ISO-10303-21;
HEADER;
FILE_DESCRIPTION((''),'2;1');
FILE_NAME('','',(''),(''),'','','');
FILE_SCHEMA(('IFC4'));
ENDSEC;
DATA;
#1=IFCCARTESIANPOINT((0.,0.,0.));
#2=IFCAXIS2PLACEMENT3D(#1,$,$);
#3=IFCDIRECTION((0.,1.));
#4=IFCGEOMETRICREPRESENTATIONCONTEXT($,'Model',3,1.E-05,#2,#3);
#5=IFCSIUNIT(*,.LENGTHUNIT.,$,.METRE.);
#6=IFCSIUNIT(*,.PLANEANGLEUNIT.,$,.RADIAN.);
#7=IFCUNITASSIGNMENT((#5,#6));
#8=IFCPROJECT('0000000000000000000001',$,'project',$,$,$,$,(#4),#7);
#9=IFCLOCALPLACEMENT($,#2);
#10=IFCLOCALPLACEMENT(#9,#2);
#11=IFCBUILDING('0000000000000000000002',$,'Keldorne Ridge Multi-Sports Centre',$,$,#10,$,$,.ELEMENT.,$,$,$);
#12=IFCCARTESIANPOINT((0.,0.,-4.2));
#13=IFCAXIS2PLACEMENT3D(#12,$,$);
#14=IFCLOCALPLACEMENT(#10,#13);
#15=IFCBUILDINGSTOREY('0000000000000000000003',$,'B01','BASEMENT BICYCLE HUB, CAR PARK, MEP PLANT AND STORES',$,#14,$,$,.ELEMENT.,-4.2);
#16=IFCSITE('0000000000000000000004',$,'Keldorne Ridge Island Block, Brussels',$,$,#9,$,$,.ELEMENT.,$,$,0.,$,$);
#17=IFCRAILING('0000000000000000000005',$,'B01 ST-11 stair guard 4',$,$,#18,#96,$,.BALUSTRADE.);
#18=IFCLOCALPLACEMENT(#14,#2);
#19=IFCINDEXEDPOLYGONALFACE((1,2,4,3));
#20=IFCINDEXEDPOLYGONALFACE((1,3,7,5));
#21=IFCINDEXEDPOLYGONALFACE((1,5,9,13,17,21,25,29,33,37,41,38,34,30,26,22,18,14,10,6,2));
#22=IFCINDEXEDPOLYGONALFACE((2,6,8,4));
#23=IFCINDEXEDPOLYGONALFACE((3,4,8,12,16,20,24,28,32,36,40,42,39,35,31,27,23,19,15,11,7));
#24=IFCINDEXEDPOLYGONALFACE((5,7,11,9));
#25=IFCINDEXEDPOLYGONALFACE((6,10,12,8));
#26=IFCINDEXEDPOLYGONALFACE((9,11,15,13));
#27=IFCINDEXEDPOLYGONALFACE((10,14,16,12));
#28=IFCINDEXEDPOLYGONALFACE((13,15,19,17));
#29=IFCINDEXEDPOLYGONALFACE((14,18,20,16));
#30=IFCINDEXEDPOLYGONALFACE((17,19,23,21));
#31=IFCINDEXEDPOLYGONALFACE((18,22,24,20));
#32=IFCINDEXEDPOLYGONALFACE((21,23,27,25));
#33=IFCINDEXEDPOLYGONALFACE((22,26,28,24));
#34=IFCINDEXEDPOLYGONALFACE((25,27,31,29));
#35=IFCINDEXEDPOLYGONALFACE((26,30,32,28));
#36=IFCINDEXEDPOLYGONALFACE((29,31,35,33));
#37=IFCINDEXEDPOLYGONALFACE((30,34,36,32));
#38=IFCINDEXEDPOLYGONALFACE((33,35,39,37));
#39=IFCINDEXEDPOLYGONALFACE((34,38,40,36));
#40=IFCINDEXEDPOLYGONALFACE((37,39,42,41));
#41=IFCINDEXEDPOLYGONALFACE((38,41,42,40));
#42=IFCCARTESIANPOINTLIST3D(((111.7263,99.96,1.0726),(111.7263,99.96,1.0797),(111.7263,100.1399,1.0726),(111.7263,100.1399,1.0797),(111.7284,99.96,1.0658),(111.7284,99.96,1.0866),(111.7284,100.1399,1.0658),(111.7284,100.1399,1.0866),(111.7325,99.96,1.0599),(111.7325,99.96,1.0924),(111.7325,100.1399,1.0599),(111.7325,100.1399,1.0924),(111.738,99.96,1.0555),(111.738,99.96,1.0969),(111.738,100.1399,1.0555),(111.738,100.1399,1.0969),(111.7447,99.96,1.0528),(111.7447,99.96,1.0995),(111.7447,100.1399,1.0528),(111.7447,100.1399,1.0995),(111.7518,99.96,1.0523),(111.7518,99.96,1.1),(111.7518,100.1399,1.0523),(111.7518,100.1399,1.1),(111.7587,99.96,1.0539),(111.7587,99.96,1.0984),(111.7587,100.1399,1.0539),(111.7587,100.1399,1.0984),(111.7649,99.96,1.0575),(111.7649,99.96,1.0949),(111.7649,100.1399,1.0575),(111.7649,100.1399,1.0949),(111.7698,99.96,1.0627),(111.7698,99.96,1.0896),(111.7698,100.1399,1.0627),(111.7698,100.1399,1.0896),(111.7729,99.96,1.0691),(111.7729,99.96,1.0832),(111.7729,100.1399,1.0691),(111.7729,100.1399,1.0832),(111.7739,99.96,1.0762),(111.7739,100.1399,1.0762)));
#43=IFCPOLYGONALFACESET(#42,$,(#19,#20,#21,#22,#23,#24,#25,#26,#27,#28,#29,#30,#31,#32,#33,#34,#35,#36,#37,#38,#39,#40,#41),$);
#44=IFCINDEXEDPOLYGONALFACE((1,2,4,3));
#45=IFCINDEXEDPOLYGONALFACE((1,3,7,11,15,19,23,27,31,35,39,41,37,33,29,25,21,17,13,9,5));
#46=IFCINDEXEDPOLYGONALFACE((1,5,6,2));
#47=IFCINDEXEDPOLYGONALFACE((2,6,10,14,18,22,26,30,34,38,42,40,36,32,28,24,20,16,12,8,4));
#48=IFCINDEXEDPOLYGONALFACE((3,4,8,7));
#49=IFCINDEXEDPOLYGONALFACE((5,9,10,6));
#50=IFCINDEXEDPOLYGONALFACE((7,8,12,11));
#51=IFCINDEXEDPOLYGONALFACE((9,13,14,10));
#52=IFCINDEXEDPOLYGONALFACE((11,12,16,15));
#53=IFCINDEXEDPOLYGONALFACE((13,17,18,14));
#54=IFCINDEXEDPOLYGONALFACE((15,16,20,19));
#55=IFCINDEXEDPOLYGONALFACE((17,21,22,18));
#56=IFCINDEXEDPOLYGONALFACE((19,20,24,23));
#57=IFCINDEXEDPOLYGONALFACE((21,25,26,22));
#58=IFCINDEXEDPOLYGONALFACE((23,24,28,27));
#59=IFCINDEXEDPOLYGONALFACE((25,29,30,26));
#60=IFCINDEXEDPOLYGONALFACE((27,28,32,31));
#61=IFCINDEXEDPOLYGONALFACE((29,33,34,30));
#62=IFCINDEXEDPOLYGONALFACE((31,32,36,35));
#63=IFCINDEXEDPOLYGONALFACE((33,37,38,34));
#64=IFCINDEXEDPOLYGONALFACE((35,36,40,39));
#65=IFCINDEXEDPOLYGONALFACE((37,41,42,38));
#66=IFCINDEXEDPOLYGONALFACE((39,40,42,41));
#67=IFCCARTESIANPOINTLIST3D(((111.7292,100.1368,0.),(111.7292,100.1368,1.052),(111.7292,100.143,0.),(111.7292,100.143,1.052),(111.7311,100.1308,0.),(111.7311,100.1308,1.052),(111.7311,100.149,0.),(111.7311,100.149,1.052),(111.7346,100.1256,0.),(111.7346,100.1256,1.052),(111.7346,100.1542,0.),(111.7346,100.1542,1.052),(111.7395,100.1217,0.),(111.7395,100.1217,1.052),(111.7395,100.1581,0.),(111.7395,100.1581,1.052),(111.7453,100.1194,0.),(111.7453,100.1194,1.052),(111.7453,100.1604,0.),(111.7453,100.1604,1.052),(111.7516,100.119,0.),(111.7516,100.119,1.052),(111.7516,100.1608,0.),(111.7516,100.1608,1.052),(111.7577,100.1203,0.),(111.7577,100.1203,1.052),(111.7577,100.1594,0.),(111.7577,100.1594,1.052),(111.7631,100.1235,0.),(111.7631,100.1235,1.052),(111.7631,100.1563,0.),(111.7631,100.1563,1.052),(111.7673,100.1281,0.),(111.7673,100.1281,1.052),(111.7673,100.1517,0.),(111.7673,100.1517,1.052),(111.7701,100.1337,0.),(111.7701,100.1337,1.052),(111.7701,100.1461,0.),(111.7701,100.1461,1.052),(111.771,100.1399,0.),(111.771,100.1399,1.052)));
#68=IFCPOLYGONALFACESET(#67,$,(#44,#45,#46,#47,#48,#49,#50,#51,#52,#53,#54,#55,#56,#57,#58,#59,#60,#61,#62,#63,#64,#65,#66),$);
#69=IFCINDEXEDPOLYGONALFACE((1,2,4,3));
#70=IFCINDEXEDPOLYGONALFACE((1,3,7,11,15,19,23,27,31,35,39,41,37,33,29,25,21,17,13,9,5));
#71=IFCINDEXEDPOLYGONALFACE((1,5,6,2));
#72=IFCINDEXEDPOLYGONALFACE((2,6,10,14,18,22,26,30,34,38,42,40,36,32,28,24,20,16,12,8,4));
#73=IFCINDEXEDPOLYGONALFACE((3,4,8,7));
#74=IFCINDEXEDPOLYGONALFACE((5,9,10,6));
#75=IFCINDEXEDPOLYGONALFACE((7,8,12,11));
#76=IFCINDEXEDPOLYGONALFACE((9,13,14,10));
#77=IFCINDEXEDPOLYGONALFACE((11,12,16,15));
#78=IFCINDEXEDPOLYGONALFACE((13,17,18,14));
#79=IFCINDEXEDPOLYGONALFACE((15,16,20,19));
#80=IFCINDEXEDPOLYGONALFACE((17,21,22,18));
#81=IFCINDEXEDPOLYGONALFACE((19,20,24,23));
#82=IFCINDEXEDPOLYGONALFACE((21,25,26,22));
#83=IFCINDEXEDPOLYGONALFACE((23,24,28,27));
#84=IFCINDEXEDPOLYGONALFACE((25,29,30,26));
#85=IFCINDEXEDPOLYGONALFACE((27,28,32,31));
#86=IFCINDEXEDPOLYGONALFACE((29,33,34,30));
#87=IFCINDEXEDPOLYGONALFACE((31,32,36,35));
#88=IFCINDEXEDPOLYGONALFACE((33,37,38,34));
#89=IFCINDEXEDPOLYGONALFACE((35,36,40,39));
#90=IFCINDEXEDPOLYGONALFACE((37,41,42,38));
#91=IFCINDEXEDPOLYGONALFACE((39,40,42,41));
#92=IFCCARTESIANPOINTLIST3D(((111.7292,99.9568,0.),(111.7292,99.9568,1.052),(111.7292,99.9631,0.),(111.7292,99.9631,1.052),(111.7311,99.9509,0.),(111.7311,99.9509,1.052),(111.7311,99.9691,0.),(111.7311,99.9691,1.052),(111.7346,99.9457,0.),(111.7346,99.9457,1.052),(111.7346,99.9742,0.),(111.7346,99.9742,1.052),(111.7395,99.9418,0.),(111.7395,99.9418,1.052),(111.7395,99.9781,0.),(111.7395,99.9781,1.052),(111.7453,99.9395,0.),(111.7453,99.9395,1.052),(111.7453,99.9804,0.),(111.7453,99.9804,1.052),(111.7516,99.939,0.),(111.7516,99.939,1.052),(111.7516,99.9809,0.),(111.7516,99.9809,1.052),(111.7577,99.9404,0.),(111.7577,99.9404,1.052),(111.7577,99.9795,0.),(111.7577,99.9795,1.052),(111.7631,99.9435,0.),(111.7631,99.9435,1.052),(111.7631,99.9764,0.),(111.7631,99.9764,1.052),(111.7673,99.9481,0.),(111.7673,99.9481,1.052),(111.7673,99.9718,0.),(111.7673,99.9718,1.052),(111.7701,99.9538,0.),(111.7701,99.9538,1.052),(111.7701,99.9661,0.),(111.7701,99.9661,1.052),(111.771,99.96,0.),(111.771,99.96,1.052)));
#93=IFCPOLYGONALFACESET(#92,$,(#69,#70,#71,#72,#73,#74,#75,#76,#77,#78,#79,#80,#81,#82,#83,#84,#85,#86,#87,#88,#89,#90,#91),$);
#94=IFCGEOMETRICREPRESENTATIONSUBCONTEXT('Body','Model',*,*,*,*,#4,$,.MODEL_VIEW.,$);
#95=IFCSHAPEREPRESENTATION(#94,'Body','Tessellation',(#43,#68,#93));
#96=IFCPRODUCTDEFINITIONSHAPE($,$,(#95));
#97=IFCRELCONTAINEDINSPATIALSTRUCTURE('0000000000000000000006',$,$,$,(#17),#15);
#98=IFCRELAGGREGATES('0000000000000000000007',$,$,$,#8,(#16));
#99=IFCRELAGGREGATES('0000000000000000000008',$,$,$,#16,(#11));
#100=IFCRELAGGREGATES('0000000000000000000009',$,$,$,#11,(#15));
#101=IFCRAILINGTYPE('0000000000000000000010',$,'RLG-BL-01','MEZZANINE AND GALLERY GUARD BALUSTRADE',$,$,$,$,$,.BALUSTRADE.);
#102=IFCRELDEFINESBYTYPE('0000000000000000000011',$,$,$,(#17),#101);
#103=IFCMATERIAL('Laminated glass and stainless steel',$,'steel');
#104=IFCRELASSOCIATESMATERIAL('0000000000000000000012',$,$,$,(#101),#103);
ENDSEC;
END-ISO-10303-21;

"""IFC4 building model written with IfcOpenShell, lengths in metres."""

from ifc_helpers import new_model, si_unit, direction, frame, origin, origin_2d, place, context, subcontext, project, spatial, circle, extrude, material, type_object, element, save


model = new_model("IFC4")

# Units and contexts
model_context = context("Model", 3, precision=1e-05, world=origin(), true_north=direction((0.0, 1.0)))
body_context = subcontext(model_context, "Body", "Model", "MODEL_VIEW")
ifc_project = project(units=[si_unit("LENGTHUNIT", "METRE"), si_unit("PLANEANGLEUNIT", "RADIAN")], contexts=[model_context])

# Site, building, storey
site_placement = place(None, origin())
site = spatial("IfcSite", under=ifc_project, at=site_placement, Name="Keldorne Ridge Island Block, Brussels", CompositionType="ELEMENT", RefElevation=0.0)
building_placement = place(site_placement, origin())
building = spatial("IfcBuilding", under=site, at=building_placement, Name="Keldorne Ridge Multi-Sports Centre", CompositionType="ELEMENT")
storey_placement = place(building_placement, frame((0.0, 0.0, -4.2)))
storey = spatial("IfcBuildingStorey", under=building, at=storey_placement, Name="B01", Description="BASEMENT BICYCLE HUB, CAR PARK, MEP PLANT AND STORES", CompositionType="ELEMENT", Elevation=-4.2)

# Railing
ifc_material_1 = material(Name="Laminated glass and stainless steel", Category="steel")
railing_type_1 = type_object("IfcRailingType", Name="RLG-BL-01", Description="MEZZANINE AND GALLERY GUARD BALUSTRADE", PredefinedType="BALUSTRADE", material=ifc_material_1)
railing_1_placement = place(storey_placement, frame((111.75, 100.1399, 0.0)))
element("IfcRailing", 1, at=railing_1_placement, inside=storey, type_object=railing_type_1, Name="B01 ST-11 stair guard 4", PredefinedType="BALUSTRADE", context=body_context, shape_type="SweptSolid", body=[
    extrude(circle(Radius=0.0239, at=origin_2d()), frame((0.0, 0.0, 1.0762), z_axis=(0.0, -1.0, 0.0), x_axis=(1.0, 0.0, 0.0)), (0.0, 0.0, 1.0), 0.1799),
    extrude(circle(Radius=0.021, at=origin_2d()), origin(), (0.0, 0.0, 1.0), 1.052),
    extrude(circle(Radius=0.021, at=origin_2d()), frame((0.0, -0.1799, 0.0)), (0.0, 0.0, 1.0), 1.052),
])

save(model, "model.ifc")
